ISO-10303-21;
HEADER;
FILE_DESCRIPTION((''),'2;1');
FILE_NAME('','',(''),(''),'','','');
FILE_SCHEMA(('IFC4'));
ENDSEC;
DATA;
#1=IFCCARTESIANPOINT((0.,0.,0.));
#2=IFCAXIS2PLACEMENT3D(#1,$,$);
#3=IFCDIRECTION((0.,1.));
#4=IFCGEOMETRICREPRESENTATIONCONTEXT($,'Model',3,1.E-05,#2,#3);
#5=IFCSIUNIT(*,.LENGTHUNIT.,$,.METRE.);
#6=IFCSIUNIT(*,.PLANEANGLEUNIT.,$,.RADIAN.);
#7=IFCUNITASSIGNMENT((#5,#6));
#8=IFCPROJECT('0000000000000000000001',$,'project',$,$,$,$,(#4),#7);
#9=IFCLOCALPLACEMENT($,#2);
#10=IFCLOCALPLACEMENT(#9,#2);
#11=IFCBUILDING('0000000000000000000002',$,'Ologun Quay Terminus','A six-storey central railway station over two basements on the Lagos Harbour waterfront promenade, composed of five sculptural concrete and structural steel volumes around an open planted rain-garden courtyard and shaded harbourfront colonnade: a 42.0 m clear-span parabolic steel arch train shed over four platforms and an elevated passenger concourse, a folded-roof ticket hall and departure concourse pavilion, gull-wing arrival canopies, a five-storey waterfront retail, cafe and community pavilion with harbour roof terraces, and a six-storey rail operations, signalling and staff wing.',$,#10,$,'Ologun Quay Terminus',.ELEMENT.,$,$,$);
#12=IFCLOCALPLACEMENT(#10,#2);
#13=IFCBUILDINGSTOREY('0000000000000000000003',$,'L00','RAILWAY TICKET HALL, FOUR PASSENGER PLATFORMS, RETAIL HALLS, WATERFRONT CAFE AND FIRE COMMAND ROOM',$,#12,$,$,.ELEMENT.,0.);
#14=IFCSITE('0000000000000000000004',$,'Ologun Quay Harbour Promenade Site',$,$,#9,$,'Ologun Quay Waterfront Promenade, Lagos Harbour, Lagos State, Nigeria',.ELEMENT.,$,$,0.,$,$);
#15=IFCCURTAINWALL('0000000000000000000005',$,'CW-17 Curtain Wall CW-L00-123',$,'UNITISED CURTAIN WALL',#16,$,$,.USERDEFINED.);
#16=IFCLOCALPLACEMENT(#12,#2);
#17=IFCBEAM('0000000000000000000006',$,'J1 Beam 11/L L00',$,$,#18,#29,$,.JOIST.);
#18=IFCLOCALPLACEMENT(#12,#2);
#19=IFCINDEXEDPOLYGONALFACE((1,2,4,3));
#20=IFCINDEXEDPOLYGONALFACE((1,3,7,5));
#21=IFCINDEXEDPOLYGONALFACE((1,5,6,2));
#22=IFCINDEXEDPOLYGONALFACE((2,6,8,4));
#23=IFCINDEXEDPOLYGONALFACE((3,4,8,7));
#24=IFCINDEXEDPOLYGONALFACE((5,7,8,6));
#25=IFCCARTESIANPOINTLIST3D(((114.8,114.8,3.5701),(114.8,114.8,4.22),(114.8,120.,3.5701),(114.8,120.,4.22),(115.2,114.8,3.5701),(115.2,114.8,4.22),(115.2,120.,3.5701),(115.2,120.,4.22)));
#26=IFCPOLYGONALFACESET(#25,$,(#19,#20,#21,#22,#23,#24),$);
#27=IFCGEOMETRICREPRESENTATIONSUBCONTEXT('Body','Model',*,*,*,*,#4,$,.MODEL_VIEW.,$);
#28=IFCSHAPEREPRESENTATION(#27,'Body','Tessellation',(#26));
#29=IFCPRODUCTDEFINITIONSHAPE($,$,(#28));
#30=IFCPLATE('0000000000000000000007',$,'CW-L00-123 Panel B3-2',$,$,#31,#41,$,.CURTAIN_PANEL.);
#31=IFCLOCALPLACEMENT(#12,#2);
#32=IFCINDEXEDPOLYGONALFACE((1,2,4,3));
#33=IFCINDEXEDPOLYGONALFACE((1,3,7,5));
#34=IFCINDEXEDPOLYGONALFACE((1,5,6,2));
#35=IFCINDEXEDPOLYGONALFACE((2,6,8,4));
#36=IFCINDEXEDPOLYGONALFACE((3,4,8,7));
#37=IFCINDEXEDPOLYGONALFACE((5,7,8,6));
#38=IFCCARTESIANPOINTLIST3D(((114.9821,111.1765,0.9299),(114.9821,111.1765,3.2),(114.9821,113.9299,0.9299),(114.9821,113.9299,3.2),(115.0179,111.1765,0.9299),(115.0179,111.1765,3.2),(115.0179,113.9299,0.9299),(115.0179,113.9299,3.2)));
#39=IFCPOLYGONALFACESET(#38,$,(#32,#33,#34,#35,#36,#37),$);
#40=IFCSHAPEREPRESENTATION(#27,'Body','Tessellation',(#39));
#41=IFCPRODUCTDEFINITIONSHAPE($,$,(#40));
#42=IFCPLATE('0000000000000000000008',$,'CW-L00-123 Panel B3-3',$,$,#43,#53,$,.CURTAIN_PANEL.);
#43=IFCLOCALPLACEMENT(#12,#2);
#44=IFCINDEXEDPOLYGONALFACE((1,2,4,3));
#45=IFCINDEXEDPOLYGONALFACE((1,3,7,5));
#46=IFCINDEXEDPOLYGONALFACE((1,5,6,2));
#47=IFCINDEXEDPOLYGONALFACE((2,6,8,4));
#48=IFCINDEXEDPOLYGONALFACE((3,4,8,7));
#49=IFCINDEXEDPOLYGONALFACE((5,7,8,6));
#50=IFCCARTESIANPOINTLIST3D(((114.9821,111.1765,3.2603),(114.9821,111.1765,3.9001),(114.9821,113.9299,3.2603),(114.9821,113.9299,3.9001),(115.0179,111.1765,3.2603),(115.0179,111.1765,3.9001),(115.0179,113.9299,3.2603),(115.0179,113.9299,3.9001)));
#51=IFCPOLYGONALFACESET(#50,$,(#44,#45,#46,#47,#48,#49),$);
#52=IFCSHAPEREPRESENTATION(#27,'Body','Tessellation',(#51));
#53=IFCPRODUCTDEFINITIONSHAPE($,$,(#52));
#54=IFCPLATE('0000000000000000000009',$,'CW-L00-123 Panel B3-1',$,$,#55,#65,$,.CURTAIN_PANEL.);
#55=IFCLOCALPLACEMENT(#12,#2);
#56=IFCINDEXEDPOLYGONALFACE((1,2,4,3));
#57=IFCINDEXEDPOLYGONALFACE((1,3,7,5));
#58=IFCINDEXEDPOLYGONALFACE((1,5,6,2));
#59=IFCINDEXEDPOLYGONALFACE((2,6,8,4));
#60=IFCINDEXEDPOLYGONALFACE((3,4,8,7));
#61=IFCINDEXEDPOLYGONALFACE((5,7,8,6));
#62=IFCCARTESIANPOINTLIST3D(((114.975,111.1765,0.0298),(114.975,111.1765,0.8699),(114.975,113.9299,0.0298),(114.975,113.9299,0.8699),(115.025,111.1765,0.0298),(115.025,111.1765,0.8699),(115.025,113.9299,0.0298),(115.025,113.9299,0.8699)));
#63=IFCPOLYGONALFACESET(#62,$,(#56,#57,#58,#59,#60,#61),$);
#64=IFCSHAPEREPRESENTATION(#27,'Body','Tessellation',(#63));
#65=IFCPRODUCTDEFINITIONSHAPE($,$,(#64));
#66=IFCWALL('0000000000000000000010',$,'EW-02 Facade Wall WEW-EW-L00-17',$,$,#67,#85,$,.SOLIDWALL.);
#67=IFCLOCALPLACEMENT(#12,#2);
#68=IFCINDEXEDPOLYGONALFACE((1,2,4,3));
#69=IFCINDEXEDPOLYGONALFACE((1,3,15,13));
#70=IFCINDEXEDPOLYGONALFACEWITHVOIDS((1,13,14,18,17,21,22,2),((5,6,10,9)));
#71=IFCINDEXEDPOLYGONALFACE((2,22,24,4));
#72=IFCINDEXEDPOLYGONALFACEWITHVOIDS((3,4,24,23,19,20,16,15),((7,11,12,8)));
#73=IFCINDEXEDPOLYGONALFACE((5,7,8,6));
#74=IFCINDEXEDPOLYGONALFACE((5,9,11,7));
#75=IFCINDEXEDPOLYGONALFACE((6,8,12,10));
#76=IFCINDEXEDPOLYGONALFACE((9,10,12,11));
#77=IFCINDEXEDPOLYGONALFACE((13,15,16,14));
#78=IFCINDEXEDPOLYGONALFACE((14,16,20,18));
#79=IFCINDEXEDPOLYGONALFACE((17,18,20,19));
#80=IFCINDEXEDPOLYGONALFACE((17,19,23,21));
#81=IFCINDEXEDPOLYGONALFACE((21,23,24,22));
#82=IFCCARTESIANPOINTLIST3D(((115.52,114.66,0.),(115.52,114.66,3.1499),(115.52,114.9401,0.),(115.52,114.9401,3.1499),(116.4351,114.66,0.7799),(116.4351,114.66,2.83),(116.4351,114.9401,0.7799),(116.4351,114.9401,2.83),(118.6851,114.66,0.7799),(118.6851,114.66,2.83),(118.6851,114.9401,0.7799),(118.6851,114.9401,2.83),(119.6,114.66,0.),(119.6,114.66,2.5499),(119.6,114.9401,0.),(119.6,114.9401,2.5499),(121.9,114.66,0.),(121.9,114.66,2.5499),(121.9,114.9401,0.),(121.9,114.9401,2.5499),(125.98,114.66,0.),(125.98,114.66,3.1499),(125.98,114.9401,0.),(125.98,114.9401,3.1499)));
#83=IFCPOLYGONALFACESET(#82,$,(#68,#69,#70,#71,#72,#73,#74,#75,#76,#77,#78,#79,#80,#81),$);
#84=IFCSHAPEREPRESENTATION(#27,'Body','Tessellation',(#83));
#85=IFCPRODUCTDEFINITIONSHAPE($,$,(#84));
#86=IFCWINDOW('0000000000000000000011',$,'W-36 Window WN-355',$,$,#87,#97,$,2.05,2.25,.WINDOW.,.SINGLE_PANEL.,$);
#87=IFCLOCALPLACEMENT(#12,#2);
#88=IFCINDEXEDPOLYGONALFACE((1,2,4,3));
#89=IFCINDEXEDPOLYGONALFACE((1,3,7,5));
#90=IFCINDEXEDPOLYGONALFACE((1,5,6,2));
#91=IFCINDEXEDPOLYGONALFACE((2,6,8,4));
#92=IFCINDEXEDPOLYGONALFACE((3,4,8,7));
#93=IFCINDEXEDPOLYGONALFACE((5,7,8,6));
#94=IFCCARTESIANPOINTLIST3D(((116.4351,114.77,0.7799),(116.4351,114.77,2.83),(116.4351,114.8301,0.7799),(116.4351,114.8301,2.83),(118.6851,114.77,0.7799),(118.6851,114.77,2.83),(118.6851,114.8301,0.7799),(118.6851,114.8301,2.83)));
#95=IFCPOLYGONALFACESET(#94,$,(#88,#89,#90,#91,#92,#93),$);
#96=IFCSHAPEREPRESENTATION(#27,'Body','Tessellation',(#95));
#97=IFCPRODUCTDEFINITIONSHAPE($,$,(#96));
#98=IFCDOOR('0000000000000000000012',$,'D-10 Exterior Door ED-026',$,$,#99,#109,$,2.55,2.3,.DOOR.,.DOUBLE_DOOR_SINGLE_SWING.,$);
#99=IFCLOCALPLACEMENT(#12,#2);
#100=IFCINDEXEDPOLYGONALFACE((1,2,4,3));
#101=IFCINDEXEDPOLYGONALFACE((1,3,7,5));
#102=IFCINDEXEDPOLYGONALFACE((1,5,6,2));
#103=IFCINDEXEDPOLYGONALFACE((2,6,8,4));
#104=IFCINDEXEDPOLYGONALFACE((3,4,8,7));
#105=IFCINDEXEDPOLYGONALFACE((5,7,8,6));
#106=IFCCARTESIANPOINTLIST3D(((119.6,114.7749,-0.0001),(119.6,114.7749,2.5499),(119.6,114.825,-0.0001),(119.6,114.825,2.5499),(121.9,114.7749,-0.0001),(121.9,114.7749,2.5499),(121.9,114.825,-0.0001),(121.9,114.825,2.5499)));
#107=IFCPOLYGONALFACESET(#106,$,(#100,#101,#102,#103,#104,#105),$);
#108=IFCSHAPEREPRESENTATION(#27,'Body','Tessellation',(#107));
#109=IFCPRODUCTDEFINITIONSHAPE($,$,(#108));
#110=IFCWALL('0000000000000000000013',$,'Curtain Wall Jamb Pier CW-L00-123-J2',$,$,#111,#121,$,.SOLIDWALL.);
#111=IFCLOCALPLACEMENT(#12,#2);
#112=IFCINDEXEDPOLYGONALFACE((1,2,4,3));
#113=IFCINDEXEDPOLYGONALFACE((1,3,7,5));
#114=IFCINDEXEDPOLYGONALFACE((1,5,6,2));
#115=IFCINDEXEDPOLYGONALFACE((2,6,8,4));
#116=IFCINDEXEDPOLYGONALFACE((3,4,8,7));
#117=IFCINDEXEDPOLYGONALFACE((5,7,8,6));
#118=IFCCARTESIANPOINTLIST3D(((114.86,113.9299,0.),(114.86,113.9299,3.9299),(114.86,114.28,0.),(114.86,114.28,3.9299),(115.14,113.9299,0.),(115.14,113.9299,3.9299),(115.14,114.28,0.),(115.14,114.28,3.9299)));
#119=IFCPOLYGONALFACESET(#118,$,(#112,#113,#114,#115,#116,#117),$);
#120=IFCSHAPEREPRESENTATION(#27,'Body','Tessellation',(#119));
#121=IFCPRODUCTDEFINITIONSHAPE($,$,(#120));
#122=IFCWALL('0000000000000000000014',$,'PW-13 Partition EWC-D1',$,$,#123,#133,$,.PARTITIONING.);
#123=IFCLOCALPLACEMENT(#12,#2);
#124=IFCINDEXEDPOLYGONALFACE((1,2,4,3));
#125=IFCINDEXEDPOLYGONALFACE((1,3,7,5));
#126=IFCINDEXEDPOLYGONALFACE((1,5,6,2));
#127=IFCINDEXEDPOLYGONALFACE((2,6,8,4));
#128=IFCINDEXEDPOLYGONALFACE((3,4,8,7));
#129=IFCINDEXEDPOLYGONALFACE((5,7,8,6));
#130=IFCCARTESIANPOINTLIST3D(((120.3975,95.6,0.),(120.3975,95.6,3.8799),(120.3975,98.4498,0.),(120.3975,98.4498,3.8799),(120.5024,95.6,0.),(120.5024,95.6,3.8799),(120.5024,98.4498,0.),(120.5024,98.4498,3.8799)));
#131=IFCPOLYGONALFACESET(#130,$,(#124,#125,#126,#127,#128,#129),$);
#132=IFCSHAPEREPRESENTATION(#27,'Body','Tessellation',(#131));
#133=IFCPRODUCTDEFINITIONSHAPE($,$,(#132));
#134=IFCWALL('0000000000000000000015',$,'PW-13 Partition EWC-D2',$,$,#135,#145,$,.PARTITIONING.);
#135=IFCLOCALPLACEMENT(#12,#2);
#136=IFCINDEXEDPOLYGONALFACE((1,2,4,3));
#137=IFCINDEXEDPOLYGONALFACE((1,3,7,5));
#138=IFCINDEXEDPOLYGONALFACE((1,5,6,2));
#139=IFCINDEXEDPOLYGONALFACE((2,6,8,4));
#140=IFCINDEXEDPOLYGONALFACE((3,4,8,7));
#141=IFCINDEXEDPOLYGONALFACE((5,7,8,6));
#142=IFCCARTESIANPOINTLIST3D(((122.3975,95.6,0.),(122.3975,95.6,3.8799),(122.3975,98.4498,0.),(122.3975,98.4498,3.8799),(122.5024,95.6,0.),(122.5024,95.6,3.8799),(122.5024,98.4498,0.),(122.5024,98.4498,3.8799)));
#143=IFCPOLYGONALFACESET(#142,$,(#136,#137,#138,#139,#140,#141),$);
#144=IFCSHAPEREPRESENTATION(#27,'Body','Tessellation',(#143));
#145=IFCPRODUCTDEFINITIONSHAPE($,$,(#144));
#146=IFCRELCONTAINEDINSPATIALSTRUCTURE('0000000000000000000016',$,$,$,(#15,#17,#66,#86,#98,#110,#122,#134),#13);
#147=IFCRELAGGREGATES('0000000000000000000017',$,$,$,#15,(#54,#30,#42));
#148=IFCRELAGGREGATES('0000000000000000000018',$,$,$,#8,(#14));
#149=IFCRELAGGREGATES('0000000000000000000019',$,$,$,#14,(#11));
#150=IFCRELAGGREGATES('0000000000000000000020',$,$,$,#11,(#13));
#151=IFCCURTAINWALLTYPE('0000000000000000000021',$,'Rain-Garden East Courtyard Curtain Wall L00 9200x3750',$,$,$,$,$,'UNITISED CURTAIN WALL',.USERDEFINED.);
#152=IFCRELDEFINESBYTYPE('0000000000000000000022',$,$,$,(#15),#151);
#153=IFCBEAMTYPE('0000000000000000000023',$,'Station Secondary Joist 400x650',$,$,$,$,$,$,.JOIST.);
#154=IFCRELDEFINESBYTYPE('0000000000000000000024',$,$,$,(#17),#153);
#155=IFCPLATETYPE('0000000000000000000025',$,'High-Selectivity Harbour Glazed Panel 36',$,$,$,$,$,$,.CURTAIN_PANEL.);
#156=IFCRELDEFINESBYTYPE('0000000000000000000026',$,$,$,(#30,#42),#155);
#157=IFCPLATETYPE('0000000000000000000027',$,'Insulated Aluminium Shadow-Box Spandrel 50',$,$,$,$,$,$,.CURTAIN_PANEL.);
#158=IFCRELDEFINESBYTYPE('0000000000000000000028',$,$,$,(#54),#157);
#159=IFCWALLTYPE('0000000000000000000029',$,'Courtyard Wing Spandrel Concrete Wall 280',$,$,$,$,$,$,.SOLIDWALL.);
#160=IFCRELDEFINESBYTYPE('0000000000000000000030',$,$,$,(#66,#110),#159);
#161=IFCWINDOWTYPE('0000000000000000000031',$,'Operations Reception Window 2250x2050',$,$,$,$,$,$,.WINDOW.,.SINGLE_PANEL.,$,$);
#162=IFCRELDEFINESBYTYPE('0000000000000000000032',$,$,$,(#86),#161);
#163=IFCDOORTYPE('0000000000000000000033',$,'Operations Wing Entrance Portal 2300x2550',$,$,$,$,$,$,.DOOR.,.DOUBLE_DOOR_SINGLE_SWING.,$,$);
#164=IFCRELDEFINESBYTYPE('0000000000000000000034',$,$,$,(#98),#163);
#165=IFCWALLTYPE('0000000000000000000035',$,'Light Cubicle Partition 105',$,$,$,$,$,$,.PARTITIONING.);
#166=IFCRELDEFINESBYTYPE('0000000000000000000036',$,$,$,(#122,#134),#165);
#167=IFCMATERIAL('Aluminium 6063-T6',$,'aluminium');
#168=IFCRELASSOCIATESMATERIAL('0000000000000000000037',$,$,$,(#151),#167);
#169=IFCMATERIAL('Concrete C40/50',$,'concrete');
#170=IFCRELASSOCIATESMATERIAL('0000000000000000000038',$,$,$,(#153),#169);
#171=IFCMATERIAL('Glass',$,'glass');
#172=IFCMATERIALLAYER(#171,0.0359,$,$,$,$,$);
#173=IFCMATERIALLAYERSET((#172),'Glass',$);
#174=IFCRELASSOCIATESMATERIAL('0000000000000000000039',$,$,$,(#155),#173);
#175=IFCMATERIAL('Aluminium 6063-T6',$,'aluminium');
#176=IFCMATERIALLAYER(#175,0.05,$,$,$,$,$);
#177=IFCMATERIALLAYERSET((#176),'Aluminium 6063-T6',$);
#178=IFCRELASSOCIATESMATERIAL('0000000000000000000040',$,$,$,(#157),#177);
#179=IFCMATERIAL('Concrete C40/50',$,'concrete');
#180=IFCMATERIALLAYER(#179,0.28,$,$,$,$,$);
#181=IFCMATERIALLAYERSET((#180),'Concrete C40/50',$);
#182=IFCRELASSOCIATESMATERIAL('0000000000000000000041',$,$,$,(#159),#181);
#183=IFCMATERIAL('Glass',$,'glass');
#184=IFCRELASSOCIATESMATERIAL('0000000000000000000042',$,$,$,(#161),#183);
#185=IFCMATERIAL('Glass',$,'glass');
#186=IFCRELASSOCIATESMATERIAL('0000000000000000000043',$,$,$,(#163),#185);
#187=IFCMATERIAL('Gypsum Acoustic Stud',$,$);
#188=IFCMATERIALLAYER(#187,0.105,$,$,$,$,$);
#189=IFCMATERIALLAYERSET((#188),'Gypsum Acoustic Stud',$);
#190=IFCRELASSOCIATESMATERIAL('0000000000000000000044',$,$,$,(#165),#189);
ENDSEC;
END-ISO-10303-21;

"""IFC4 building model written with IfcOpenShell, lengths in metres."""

from ifc_helpers import new_model, si_unit, direction, frame, frame_2d, origin, origin_2d, place, context, subcontext, project, spatial, rectangle, extrude, material, layer, layer_set, material_profile, profile_set, type_object, element, fill, aggregate, save


model = new_model("IFC4")

# Units and contexts
model_context = context("Model", 3, precision=1e-05, world=origin(), true_north=direction((0.0, 1.0)))
body_context = subcontext(model_context, "Body", "Model", "MODEL_VIEW")
ifc_project = project(units=[si_unit("LENGTHUNIT", "METRE"), si_unit("PLANEANGLEUNIT", "RADIAN")], contexts=[model_context])

# Site, building, storey
site_placement = place(None, origin())
site = spatial("IfcSite", under=ifc_project, at=site_placement, Name="Ologun Quay Harbour Promenade Site", LongName="Ologun Quay Waterfront Promenade, Lagos Harbour, Lagos State, Nigeria", CompositionType="ELEMENT", RefElevation=0.0)
building_placement = place(site_placement, origin())
building = spatial("IfcBuilding", under=site, at=building_placement, Name="Ologun Quay Terminus", Description="A six-storey central railway station over two basements on the Lagos Harbour waterfront promenade, composed of five sculptural concrete and structural steel volumes around an open planted rain-garden courtyard and shaded harbourfront colonnade: a 42.0 m clear-span parabolic steel arch train shed over four platforms and an elevated passenger concourse, a folded-roof ticket hall and departure concourse pavilion, gull-wing arrival canopies, a five-storey waterfront retail, cafe and community pavilion with harbour roof terraces, and a six-storey rail operations, signalling and staff wing.", LongName="Ologun Quay Terminus", CompositionType="ELEMENT")
storey_placement = place(building_placement, origin())
storey = spatial("IfcBuildingStorey", under=building, at=storey_placement, Name="L00", Description="RAILWAY TICKET HALL, FOUR PASSENGER PLATFORMS, RETAIL HALLS, WATERFRONT CAFE AND FIRE COMMAND ROOM", CompositionType="ELEMENT", Elevation=0.0)

# Curtain wall
ifc_material_1 = material(Name="Aluminium 6063-T6", Category="aluminium")
curtain_wall_type = type_object("IfcCurtainWallType", Name="Rain-Garden East Courtyard Curtain Wall L00 9200x3750", ElementType="UNITISED CURTAIN WALL", PredefinedType="USERDEFINED", material=ifc_material_1)
curtain_wall_placement = place(storey_placement, origin())
curtain_wall = element("IfcCurtainWall", 1, at=curtain_wall_placement, inside=storey, type_object=curtain_wall_type, Name="CW-17 Curtain Wall CW-L00-123", ObjectType="UNITISED CURTAIN WALL", PredefinedType="USERDEFINED")

# Beam
ifc_material_2 = material(Name="Concrete C40/50", Category="concrete")
ifc_material_profile_1 = material_profile(ifc_material_2, rectangle(XDim=0.3999, YDim=0.6499, at=origin_2d()), Name="RC 400x650")
ifc_profile_set_1 = profile_set([ifc_material_profile_1], Name="Concrete C40/50")
beam_type_1 = type_object("IfcBeamType", Name="Station Secondary Joist 400x650", PredefinedType="JOIST", material=ifc_profile_set_1)
beam_1_placement = place(storey_placement, frame((115.0, 114.8, 3.895), z_axis=(0.0, 1.0, 0.0), x_axis=(-1.0, 0.0, 0.0)))
element("IfcBeam", 2, at=beam_1_placement, inside=storey, type_object=beam_type_1, Name="J1 Beam 11/L L00", PredefinedType="JOIST", context=body_context, shape_type="SweptSolid", body=[
    extrude(rectangle(XDim=0.3999, YDim=0.6499, at=origin_2d()), origin(), (0.0, 0.0, 1.0), 5.2),
])

# Plates
ifc_material_3 = material(Name="Glass", Category="glass")
ifc_layer_1 = layer(ifc_material_3, 0.0359)
ifc_layer_set_1 = layer_set([ifc_layer_1], Name="Glass")
plate_type_1 = type_object("IfcPlateType", Name="High-Selectivity Harbour Glazed Panel 36", PredefinedType="CURTAIN_PANEL", material=ifc_layer_set_1)
plate_1_placement = place(storey_placement, frame((115.0, 112.5532, 0.9299), z_axis=(0.0, 0.0, 1.0), x_axis=(0.0, 1.0, 0.0)))
plate_1 = element("IfcPlate", 3, at=plate_1_placement, type_object=plate_type_1, Name="CW-L00-123 Panel B3-2", PredefinedType="CURTAIN_PANEL", context=body_context, shape_type="SweptSolid", body=[
    extrude(rectangle(XDim=2.7534, YDim=0.0359, at=origin_2d()), origin(), (0.0, 0.0, 1.0), 2.27),
])
plate_2_placement = place(storey_placement, frame((115.0, 112.5532, 3.2603), z_axis=(0.0, 0.0, 1.0), x_axis=(0.0, 1.0, 0.0)))
plate_2 = element("IfcPlate", 4, at=plate_2_placement, type_object=plate_type_1, Name="CW-L00-123 Panel B3-3", PredefinedType="CURTAIN_PANEL", context=body_context, shape_type="SweptSolid", body=[
    extrude(rectangle(XDim=2.7534, YDim=0.0359, at=origin_2d()), origin(), (0.0, 0.0, 1.0), 0.6399),
])
ifc_material_4 = material(Name="Aluminium 6063-T6", Category="aluminium")
ifc_layer_2 = layer(ifc_material_4, 0.05)
ifc_layer_set_2 = layer_set([ifc_layer_2], Name="Aluminium 6063-T6")
plate_type_2 = type_object("IfcPlateType", Name="Insulated Aluminium Shadow-Box Spandrel 50", PredefinedType="CURTAIN_PANEL", material=ifc_layer_set_2)
plate_3_placement = place(storey_placement, frame((115.0, 112.5532, 0.0298), z_axis=(0.0, 0.0, 1.0), x_axis=(0.0, 1.0, 0.0)))
plate_3 = element("IfcPlate", 5, at=plate_3_placement, type_object=plate_type_2, Name="CW-L00-123 Panel B3-1", PredefinedType="CURTAIN_PANEL", context=body_context, shape_type="SweptSolid", body=[
    extrude(rectangle(XDim=2.7534, YDim=0.05, at=origin_2d()), origin(), (0.0, 0.0, 1.0), 0.8401),
])
aggregate(curtain_wall, [plate_3, plate_1, plate_2])

# Wall, openings, window, door
ifc_material_5 = material(Name="Concrete C40/50", Category="concrete")
ifc_layer_3 = layer(ifc_material_5, 0.28)
ifc_layer_set_3 = layer_set([ifc_layer_3], Name="Concrete C40/50")
wall_type_1 = type_object("IfcWallType", Name="Courtyard Wing Spandrel Concrete Wall 280", PredefinedType="SOLIDWALL", material=ifc_layer_set_3)
wall_1_placement = place(storey_placement, frame((115.52, 114.8, 0.0), z_axis=(0.0, 0.0, 1.0), x_axis=(1.0, 0.0, 0.0)))
wall_1 = element("IfcWall", 6, at=wall_1_placement, inside=storey, type_object=wall_type_1, Name="EW-02 Facade Wall WEW-EW-L00-17", PredefinedType="SOLIDWALL", context=body_context, shape_type="SweptSolid", body=[
    extrude(rectangle(XDim=10.46, YDim=0.28, at=frame_2d((5.23, 0.0))), origin(), (0.0, 0.0, 1.0), 3.1499),
])
opening_1_placement = place(wall_1_placement, frame((4.0801, 0.0, 0.0)))
opening_1 = element("IfcOpeningElement", 7, at=opening_1_placement, cuts=wall_1, PredefinedType="OPENING", context=body_context, shape_type="SweptSolid", body=[
    extrude(rectangle(XDim=2.3, YDim=2.55, at=frame_2d((1.1499, 1.2749))), frame((0.0, 0.1499, 0.0), z_axis=(0.0, -1.0, 0.0), x_axis=(1.0, 0.0, 0.0)), (0.0, 0.0, 1.0), 0.3),
])
opening_2_placement = place(wall_1_placement, frame((0.915, 0.0, 0.78)))
opening_2 = element("IfcOpeningElement", 8, at=opening_2_placement, cuts=wall_1, PredefinedType="OPENING", context=body_context, shape_type="SweptSolid", body=[
    extrude(rectangle(XDim=2.25, YDim=2.05, at=frame_2d((1.125, 1.0249))), frame((0.0, 0.1499, 0.0), z_axis=(0.0, -1.0, 0.0), x_axis=(1.0, 0.0, 0.0)), (0.0, 0.0, 1.0), 0.3),
])
ifc_material_6 = material(Name="Glass", Category="glass")
window_type = type_object("IfcWindowType", Name="Operations Reception Window 2250x2050", PartitioningType="SINGLE_PANEL", PredefinedType="WINDOW", material=ifc_material_6)
window_placement = place(opening_2_placement, origin())
window = element("IfcWindow", 9, at=window_placement, inside=storey, type_object=window_type, Name="W-36 Window WN-355", OverallHeight=2.05, OverallWidth=2.25, PartitioningType="SINGLE_PANEL", PredefinedType="WINDOW", context=body_context, shape_type="SweptSolid", body=[
    extrude(rectangle(XDim=2.25, YDim=2.05, at=frame_2d((1.125, 1.0249))), frame((0.0, 0.03, 0.0), z_axis=(0.0, -1.0, 0.0), x_axis=(1.0, 0.0, 0.0)), (0.0, 0.0, 1.0), 0.0601),
])
fill(opening_2, window)
ifc_material_7 = material(Name="Glass", Category="glass")
door_type_1 = type_object("IfcDoorType", Name="Operations Wing Entrance Portal 2300x2550", OperationType="DOUBLE_DOOR_SINGLE_SWING", PredefinedType="DOOR", material=ifc_material_7)
door_1_placement = place(opening_1_placement, origin())
door_1 = element("IfcDoor", 10, at=door_1_placement, inside=storey, type_object=door_type_1, Name="D-10 Exterior Door ED-026", OperationType="DOUBLE_DOOR_SINGLE_SWING", OverallHeight=2.55, OverallWidth=2.3, PredefinedType="DOOR", context=body_context, shape_type="SweptSolid", body=[
    extrude(rectangle(XDim=2.3, YDim=2.55, at=frame_2d((1.1499, 1.2749))), frame((0.0, 0.0249, 0.0), z_axis=(0.0, -1.0, 0.0), x_axis=(1.0, 0.0, 0.0)), (0.0, 0.0, 1.0), 0.05),
])
fill(opening_1, door_1)

# Walls
wall_2_placement = place(storey_placement, frame((115.0, 113.9299, 0.0), z_axis=(0.0, 0.0, 1.0), x_axis=(0.0, 1.0, 0.0)))
element("IfcWall", 11, at=wall_2_placement, inside=storey, type_object=wall_type_1, Name="Curtain Wall Jamb Pier CW-L00-123-J2", PredefinedType="SOLIDWALL", context=body_context, shape_type="SweptSolid", body=[
    extrude(rectangle(XDim=0.3501, YDim=0.28, at=frame_2d((0.175, 0.0))), origin(), (0.0, 0.0, 1.0), 3.9299),
])
ifc_material_8 = material(Name="Gypsum Acoustic Stud")
ifc_layer_4 = layer(ifc_material_8, 0.105)
ifc_layer_set_4 = layer_set([ifc_layer_4], Name="Gypsum Acoustic Stud")
wall_type_2 = type_object("IfcWallType", Name="Light Cubicle Partition 105", PredefinedType="PARTITIONING", material=ifc_layer_set_4)
for number, where, z_axis, x_axis, name in (
    (12, (120.45, 95.6001, 0.0), (0.0, 0.0, 1.0), (0.0, 1.0, 0.0), "PW-13 Partition EWC-D1"),
    (13, (122.45, 95.6001, 0.0), (0.0, 0.0, 1.0), (0.0, 1.0, 0.0), "PW-13 Partition EWC-D2"),
):
    element("IfcWall", number, at=place(storey_placement, frame(where, z_axis=z_axis, x_axis=x_axis)), inside=storey, type_object=wall_type_2, Name=name, PredefinedType="PARTITIONING", context=body_context, shape_type="SweptSolid", body=[
        extrude(rectangle(XDim=2.8499, YDim=0.105, at=frame_2d((1.4248, 0.0))), origin(), (0.0, 0.0, 1.0), 3.8799),
    ])

save(model, "model.ifc")
